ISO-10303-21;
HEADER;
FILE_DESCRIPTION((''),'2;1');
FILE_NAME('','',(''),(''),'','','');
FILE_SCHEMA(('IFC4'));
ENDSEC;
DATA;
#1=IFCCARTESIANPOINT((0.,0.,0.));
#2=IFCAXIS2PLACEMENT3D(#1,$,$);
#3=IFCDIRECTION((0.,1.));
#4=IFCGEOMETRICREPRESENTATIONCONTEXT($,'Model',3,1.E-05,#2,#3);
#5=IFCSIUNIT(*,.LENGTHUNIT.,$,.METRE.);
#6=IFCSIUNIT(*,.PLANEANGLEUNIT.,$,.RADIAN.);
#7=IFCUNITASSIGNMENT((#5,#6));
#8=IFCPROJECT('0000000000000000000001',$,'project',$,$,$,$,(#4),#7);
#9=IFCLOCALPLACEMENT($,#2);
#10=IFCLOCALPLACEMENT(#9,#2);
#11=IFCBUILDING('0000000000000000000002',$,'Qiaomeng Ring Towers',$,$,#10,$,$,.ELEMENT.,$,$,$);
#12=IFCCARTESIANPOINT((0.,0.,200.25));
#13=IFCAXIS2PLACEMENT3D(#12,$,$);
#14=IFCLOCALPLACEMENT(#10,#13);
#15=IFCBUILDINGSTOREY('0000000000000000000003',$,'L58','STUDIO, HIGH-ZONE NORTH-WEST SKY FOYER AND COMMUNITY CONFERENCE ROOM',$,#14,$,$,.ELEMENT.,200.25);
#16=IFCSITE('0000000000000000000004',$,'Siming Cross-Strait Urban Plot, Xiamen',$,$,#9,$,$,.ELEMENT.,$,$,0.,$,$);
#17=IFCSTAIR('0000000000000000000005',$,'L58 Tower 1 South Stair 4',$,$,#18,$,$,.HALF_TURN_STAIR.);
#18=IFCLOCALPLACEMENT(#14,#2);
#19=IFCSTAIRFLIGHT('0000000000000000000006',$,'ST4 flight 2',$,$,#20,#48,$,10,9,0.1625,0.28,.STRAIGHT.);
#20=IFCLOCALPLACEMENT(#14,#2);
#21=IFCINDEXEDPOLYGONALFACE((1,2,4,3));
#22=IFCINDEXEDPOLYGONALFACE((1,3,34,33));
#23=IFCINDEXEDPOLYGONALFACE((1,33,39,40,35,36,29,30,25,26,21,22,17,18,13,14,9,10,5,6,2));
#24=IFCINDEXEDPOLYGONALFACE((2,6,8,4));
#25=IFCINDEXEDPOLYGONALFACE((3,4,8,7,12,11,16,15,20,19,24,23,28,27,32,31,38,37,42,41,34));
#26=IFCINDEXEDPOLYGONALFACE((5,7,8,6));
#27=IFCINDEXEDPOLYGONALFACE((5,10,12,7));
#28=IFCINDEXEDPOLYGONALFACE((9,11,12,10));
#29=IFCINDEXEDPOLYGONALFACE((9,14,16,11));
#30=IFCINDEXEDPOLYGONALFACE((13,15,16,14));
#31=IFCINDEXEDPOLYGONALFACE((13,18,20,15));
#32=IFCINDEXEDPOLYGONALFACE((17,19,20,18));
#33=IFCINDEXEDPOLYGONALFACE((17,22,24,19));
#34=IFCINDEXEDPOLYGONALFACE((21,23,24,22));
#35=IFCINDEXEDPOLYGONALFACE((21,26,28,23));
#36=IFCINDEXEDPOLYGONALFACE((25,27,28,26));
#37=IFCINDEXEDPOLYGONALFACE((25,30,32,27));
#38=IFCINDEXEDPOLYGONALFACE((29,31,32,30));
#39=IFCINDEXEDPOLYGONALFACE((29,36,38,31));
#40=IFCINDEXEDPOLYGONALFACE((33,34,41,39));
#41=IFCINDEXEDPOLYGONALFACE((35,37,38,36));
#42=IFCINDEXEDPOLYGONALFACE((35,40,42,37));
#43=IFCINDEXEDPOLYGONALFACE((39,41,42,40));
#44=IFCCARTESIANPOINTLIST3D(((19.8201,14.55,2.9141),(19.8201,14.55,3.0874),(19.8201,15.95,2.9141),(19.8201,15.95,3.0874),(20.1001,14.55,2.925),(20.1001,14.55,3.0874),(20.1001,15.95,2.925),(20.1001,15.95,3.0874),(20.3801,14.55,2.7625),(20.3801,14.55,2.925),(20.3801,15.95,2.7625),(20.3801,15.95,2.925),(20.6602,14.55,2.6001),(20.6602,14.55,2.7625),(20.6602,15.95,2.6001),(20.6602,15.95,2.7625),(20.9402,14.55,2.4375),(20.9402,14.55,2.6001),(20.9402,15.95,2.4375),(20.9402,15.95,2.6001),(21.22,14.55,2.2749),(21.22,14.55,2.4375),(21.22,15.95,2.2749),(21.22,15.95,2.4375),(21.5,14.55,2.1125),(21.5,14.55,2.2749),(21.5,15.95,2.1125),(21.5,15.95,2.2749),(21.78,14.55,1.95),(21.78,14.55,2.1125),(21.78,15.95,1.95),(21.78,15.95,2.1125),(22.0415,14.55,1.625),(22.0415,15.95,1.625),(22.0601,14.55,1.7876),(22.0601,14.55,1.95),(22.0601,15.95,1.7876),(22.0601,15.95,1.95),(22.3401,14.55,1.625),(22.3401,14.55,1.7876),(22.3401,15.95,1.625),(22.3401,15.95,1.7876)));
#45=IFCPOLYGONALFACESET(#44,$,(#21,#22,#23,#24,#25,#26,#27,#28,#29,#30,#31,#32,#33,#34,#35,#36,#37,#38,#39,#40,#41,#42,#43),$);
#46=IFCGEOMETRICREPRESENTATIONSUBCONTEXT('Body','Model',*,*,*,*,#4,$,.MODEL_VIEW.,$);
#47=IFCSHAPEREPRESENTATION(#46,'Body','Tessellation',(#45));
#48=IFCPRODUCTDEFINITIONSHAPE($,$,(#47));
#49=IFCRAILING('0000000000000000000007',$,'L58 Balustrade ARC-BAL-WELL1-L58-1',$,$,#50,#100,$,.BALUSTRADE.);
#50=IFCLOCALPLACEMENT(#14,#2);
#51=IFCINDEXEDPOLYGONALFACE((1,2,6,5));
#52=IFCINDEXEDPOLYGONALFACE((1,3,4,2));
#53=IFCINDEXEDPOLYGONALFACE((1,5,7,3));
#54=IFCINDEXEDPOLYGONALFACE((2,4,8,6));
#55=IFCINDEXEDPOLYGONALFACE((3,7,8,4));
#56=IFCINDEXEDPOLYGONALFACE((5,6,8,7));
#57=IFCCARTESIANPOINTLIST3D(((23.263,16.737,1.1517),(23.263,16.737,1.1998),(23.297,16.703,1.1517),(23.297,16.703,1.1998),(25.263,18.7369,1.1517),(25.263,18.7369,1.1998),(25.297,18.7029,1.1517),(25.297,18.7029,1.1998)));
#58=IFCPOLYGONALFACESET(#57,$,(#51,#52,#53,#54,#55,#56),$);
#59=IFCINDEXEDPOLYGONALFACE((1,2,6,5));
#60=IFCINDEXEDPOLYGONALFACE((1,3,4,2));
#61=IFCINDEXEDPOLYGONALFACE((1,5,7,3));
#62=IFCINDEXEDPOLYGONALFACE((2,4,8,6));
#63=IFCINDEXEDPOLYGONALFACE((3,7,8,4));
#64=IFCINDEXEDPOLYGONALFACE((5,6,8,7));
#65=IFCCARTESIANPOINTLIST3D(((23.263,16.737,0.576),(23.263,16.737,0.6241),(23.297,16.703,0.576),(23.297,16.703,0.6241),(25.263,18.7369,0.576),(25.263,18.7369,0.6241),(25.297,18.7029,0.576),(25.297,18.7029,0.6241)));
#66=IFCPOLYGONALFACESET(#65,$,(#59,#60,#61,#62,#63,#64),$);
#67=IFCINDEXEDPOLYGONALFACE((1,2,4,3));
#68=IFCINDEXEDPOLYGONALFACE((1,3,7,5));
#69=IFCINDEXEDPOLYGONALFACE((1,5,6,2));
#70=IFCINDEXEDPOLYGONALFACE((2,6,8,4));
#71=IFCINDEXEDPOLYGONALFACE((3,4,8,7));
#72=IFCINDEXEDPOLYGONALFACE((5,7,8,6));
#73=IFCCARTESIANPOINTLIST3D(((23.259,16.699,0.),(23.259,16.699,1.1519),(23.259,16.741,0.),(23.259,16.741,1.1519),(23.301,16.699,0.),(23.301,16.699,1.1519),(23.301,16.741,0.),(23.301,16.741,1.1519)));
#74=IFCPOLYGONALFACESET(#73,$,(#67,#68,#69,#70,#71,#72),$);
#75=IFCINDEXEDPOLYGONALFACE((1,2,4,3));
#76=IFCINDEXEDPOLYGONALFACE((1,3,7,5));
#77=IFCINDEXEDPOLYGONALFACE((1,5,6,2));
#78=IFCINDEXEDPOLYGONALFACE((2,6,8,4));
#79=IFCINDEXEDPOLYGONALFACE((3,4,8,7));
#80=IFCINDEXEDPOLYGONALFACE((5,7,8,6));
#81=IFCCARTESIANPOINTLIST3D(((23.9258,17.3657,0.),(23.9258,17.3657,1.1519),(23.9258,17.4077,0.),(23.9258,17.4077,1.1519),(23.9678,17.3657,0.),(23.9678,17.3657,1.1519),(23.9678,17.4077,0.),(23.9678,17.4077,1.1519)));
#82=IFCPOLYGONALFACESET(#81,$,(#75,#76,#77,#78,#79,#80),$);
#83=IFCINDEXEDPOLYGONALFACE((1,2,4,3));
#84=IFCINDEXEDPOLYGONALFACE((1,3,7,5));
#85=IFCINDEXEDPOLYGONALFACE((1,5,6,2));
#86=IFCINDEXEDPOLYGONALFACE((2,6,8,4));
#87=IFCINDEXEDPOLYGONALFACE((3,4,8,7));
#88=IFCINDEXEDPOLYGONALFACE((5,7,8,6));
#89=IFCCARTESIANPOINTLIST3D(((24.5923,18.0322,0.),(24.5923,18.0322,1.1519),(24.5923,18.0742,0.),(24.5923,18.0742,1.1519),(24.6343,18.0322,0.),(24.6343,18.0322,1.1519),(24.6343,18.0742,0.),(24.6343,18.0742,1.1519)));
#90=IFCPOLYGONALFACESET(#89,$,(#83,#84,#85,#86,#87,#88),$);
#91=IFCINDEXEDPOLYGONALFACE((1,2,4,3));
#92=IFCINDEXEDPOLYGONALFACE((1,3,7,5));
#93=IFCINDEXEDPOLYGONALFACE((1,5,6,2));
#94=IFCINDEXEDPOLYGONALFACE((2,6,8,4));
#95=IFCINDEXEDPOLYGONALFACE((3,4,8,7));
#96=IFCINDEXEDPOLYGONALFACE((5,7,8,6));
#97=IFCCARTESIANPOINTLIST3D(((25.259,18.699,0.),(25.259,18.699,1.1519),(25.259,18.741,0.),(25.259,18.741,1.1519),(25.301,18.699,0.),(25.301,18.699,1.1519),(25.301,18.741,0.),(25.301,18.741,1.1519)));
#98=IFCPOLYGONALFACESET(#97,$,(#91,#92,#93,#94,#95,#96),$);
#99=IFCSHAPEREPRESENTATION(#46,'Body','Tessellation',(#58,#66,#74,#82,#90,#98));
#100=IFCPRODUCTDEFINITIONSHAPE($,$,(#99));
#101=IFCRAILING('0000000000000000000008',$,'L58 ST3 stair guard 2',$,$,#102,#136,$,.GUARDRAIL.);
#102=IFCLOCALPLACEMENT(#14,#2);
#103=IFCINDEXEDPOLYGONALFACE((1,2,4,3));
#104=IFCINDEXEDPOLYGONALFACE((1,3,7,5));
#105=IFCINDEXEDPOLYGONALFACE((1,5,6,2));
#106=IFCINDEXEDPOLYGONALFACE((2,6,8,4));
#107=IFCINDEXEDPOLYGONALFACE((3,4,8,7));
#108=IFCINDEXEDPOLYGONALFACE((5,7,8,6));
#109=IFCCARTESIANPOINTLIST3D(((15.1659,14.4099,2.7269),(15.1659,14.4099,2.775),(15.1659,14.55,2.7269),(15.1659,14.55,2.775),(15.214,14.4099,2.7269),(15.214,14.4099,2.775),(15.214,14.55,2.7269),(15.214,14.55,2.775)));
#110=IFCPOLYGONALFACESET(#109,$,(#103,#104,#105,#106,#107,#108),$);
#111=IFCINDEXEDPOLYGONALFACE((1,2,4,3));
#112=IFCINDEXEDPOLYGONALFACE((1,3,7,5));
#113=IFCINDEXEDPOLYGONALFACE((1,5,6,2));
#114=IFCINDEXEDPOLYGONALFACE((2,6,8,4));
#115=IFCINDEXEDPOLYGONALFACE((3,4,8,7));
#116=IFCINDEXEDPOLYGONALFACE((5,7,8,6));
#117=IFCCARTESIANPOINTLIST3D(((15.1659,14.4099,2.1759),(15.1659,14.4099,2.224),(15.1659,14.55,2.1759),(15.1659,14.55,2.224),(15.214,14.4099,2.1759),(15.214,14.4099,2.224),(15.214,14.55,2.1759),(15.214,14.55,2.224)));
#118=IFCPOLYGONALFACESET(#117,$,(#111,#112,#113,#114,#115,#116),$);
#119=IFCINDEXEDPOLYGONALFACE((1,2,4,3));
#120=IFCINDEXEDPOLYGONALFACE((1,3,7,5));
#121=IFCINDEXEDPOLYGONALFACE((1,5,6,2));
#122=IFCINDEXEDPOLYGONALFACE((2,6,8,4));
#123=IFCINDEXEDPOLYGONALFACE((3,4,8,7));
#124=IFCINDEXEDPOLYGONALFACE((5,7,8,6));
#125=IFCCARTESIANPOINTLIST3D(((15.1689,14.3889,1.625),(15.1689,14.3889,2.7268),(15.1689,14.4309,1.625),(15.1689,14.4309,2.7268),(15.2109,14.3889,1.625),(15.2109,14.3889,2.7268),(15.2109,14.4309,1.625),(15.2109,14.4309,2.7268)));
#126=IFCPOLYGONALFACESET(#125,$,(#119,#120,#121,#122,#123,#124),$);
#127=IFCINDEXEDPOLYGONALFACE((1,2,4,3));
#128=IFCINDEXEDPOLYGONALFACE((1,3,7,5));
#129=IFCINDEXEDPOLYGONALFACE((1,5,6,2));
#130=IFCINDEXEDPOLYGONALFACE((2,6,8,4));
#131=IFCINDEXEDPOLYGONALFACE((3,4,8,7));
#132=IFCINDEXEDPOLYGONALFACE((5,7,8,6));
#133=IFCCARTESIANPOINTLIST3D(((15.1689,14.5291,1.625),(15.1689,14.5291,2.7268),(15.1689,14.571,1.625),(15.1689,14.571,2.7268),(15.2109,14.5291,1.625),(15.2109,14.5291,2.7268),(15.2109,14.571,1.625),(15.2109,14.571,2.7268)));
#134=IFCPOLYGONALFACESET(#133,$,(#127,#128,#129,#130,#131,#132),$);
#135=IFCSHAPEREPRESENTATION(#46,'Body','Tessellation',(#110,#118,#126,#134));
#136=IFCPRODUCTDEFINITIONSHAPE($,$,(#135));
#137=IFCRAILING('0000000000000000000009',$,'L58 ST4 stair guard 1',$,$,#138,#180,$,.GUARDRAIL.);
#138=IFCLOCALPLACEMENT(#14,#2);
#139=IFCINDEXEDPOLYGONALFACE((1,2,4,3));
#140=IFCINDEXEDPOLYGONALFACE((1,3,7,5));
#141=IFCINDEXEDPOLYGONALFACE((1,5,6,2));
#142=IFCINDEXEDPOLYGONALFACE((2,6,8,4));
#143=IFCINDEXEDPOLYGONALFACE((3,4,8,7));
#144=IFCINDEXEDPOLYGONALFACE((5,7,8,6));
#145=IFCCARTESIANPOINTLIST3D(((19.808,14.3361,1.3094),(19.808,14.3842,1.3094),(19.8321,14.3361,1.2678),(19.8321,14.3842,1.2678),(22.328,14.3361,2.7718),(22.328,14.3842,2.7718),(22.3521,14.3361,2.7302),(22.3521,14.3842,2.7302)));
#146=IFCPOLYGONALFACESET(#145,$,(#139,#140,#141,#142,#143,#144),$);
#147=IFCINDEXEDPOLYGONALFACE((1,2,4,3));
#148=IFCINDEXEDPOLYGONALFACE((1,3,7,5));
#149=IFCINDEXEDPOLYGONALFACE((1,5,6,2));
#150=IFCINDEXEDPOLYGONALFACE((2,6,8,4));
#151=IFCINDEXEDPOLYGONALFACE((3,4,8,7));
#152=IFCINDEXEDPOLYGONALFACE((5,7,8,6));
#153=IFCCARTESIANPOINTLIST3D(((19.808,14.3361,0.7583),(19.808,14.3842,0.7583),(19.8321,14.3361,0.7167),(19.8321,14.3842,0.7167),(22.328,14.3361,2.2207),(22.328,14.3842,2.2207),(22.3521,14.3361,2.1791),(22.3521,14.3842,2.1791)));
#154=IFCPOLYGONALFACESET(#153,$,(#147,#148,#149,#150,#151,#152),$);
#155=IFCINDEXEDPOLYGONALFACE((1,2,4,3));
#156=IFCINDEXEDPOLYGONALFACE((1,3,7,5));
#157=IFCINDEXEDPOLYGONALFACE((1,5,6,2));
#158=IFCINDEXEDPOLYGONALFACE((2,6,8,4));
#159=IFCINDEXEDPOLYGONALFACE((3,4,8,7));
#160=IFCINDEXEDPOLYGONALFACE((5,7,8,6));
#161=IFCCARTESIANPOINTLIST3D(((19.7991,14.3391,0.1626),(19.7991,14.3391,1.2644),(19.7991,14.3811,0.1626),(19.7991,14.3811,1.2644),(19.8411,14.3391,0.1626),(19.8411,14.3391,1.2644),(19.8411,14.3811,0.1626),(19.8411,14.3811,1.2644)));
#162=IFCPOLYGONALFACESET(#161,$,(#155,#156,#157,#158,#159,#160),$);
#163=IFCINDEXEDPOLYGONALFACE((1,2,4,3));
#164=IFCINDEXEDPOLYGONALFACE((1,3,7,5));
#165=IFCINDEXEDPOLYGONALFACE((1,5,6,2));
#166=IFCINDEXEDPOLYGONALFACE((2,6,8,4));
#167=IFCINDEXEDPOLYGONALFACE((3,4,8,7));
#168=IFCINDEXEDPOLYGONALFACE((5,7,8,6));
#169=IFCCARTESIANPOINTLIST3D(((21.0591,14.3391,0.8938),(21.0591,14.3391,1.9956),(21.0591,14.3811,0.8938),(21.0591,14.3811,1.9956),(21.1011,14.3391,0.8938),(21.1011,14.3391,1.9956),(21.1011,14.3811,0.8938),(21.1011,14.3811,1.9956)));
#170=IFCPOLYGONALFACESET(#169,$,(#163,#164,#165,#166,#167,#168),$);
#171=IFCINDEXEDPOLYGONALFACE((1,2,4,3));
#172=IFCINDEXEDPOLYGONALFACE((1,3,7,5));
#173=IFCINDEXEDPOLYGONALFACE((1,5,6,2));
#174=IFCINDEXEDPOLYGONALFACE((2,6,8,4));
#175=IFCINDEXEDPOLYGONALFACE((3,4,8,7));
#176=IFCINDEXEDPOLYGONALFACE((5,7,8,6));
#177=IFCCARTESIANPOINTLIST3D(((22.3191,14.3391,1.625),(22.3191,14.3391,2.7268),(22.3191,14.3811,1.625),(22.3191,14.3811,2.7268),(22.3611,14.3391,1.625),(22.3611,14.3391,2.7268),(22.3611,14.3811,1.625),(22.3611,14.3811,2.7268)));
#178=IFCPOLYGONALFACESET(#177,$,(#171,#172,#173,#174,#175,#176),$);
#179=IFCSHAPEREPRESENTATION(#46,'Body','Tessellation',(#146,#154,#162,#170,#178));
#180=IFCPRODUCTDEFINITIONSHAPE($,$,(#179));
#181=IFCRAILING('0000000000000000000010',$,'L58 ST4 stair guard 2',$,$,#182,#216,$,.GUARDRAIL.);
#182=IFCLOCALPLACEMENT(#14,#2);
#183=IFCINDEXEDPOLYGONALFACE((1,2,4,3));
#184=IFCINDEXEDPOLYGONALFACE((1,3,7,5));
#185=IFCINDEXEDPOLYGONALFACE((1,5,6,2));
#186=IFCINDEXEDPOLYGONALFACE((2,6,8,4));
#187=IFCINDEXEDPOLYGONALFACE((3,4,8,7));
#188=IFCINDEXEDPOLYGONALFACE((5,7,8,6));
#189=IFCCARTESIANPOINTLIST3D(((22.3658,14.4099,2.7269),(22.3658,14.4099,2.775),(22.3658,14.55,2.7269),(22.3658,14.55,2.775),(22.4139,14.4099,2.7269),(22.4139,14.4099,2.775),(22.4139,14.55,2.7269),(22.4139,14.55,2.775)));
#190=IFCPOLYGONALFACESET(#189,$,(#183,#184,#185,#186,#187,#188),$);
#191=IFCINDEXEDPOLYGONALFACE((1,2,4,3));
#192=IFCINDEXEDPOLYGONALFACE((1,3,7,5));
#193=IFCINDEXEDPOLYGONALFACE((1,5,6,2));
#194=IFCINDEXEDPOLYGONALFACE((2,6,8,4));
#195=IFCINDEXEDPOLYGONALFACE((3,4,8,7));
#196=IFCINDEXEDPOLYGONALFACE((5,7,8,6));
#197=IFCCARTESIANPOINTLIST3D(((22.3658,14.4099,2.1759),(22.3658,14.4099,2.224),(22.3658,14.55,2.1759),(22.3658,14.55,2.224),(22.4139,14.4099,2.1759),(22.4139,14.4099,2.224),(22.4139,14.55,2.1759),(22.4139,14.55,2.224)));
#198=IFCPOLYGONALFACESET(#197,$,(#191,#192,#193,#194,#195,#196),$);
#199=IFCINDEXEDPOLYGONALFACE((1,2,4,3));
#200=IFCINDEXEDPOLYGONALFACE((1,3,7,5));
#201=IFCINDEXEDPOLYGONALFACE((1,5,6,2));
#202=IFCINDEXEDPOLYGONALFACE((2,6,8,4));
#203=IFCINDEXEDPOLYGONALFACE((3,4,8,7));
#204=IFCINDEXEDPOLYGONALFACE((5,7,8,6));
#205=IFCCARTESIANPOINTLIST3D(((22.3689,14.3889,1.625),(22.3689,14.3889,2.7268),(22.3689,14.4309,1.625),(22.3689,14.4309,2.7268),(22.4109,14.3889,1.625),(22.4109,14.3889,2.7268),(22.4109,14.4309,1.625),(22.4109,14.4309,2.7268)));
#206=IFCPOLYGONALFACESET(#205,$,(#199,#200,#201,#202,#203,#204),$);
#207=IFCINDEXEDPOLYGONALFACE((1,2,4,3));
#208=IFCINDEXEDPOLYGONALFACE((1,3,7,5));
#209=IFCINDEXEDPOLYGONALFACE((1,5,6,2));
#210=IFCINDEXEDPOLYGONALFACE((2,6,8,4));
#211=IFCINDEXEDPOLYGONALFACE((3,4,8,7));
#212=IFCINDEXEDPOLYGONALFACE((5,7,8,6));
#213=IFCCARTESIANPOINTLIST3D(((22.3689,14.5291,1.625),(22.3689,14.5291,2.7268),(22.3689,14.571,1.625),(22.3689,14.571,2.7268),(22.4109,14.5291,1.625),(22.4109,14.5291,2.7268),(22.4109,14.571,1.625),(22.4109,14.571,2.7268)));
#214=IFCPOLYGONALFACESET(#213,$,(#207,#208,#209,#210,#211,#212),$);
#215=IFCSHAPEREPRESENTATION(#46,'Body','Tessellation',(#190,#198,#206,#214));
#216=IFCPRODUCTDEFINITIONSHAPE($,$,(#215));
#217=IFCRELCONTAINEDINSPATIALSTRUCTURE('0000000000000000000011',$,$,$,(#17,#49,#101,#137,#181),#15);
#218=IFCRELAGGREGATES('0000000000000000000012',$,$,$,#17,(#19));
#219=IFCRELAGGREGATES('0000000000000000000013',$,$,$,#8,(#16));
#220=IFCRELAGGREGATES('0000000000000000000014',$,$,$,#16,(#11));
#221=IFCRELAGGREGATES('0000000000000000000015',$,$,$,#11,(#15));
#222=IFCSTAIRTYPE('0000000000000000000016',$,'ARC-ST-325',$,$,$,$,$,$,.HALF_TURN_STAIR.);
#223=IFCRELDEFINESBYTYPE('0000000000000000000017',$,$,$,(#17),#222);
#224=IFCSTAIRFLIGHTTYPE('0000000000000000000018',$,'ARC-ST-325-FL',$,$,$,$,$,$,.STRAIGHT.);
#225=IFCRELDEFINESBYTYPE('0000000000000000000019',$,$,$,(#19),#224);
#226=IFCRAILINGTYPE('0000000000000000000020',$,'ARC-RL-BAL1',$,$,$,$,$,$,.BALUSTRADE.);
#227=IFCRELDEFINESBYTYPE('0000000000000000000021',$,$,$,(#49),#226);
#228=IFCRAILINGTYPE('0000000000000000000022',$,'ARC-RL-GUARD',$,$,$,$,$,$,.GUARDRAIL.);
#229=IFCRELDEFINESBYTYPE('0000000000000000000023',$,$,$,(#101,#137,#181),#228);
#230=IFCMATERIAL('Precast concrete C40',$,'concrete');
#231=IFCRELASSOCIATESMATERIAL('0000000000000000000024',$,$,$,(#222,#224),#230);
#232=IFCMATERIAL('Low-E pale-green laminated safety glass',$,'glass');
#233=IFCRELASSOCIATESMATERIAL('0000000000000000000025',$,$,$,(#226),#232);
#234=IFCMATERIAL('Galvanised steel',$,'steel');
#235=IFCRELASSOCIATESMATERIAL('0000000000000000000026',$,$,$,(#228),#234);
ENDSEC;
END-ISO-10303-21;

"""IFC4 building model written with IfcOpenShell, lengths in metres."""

from ifc_helpers import new_model, si_unit, direction, frame, origin, origin_2d, place, context, subcontext, project, spatial, polyline, rectangle, outline, extrude, source, transform, mapped, material, type_object, element, aggregate, save


model = new_model("IFC4")

# Units and contexts
model_context = context("Model", 3, precision=1e-05, world=origin(), true_north=direction((0.0, 1.0)))
body_context = subcontext(model_context, "Body", "Model", "MODEL_VIEW")
ifc_project = project(units=[si_unit("LENGTHUNIT", "METRE"), si_unit("PLANEANGLEUNIT", "RADIAN")], contexts=[model_context])

# Site, building, storey
site_placement = place(None, origin())
site = spatial("IfcSite", under=ifc_project, at=site_placement, Name="Siming Cross-Strait Urban Plot, Xiamen", CompositionType="ELEMENT", RefElevation=0.0)
building_placement = place(site_placement, origin())
building = spatial("IfcBuilding", under=site, at=building_placement, Name="Qiaomeng Ring Towers", CompositionType="ELEMENT")
storey_placement = place(building_placement, frame((0.0, 0.0, 200.25)))
storey = spatial("IfcBuildingStorey", under=building, at=storey_placement, Name="L58", Description="STUDIO, HIGH-ZONE NORTH-WEST SKY FOYER AND COMMUNITY CONFERENCE ROOM", CompositionType="ELEMENT", Elevation=200.25)

# Shared definitions
ifc_material_1 = material(Name="Galvanised steel", Category="steel")

# Stair, stair flight
ifc_material_2 = material(Name="Precast concrete C40", Category="concrete")
stair_type = type_object("IfcStairType", Name="ARC-ST-325", PredefinedType="HALF_TURN_STAIR", material=ifc_material_2)
stair_placement = place(storey_placement, origin())
stair = element("IfcStair", 1, at=stair_placement, inside=storey, type_object=stair_type, Name="L58 Tower 1 South Stair 4", PredefinedType="HALF_TURN_STAIR")
stair_flight_type = type_object("IfcStairFlightType", Name="ARC-ST-325-FL", PredefinedType="STRAIGHT", material=ifc_material_2)
shared_shape_1 = source(origin(), body_context, "Body", "SweptSolid", [
    extrude(outline(polyline([(0.0, 0.0), (0.0, 0.1626), (0.28, 0.1626), (0.28, 0.325), (0.5601, 0.325), (0.5601, 0.4875), (0.8401, 0.4875), (0.8401, 0.6499), (1.1201, 0.6499), (1.1201, 0.8125), (1.3999, 0.8125), (1.3999, 0.9751), (1.6799, 0.9751), (1.6799, 1.1375), (1.96, 1.1375), (1.96, 1.3), (2.24, 1.3), (2.24, 1.4624), (2.52, 1.4624), (2.52, 1.625), (2.52, 1.2891), (0.2986, 0.0), (0.0, 0.0)])), frame((0.0, 0.7, 0.0), z_axis=(0.0, -1.0, 0.0), x_axis=(1.0, 0.0, 0.0)), (0.0, 0.0, 1.0), 1.3999),
])
stair_flight_1_placement = place(storey_placement, frame((22.3401, 15.25, 1.625), z_axis=(0.0, 0.0, 1.0), x_axis=(-1.0, 0.0, 0.0)))
stair_flight_1 = element("IfcStairFlight", 2, at=stair_flight_1_placement, type_object=stair_flight_type, Name="ST4 flight 2", NumberOfRisers=10, NumberOfTreads=9, PredefinedType="STRAIGHT", RiserHeight=0.1625, TreadLength=0.28, context=body_context, shape_type="MappedRepresentation", body=[
    mapped(shared_shape_1, transform((0.0, 0.0, 0.0), x_axis=(1.0, 0.0, 0.0), y_axis=(0.0, 1.0, 0.0), z_axis=(0.0, 0.0, 1.0), scale=1.0)),
])
aggregate(stair, [stair_flight_1])

# Railings
ifc_material_3 = material(Name="Low-E pale-green laminated safety glass", Category="glass")
railing_type_1 = type_object("IfcRailingType", Name="ARC-RL-BAL1", PredefinedType="BALUSTRADE", material=ifc_material_3)
railing_1_placement = place(storey_placement, frame((23.28, 16.72, 0.0)))
element("IfcRailing", 3, at=railing_1_placement, inside=storey, type_object=railing_type_1, Name="L58 Balustrade ARC-BAL-WELL1-L58-1", PredefinedType="BALUSTRADE", context=body_context, shape_type="SweptSolid", body=[
    extrude(rectangle(XDim=0.0481, YDim=0.0481, at=origin_2d()), frame((0.0, 0.0, 1.1758), z_axis=(0.707107, 0.707107, 0.0), x_axis=(-0.707107, 0.707107, 0.0)), (0.0, 0.0, 1.0), 2.8284),
    extrude(rectangle(XDim=0.0481, YDim=0.0481, at=origin_2d()), frame((0.0, 0.0, 0.6001), z_axis=(0.707107, 0.707107, 0.0), x_axis=(-0.707107, 0.707107, 0.0)), (0.0, 0.0, 1.0), 2.8284),
    extrude(rectangle(XDim=0.042, YDim=0.042, at=origin_2d()), origin(), (0.0, 0.0, 1.0), 1.1519),
    extrude(rectangle(XDim=0.042, YDim=0.042, at=origin_2d()), frame((0.6667, 0.6667, 0.0)), (0.0, 0.0, 1.0), 1.1519),
    extrude(rectangle(XDim=0.042, YDim=0.042, at=origin_2d()), frame((1.3333, 1.3333, 0.0)), (0.0, 0.0, 1.0), 1.1519),
    extrude(rectangle(XDim=0.042, YDim=0.042, at=origin_2d()), frame((2.0, 2.0, 0.0)), (0.0, 0.0, 1.0), 1.1519),
])
railing_type_2 = type_object("IfcRailingType", Name="ARC-RL-GUARD", PredefinedType="GUARDRAIL", material=ifc_material_1)
railing_2_placement = place(storey_placement, frame((15.1899, 14.4099, 1.625)))
element("IfcRailing", 4, at=railing_2_placement, inside=storey, type_object=railing_type_2, Name="L58 ST3 stair guard 2", PredefinedType="GUARDRAIL", context=body_context, shape_type="SweptSolid", body=[
    extrude(rectangle(XDim=0.0481, YDim=0.0481, at=origin_2d()), frame((0.0, 0.0, 1.126), z_axis=(0.0, 1.0, 0.0), x_axis=(-1.0, 0.0, 0.0)), (0.0, 0.0, 1.0), 0.1401),
    extrude(rectangle(XDim=0.0481, YDim=0.0481, at=origin_2d()), frame((0.0, 0.0, 0.575), z_axis=(0.0, 1.0, 0.0), x_axis=(-1.0, 0.0, 0.0)), (0.0, 0.0, 1.0), 0.1401),
    extrude(rectangle(XDim=0.042, YDim=0.042, at=origin_2d()), origin(), (0.0, 0.0, 1.0), 1.1018),
    extrude(rectangle(XDim=0.042, YDim=0.042, at=origin_2d()), frame((0.0, 0.1401, 0.0)), (0.0, 0.0, 1.0), 1.1018),
])
railing_3_placement = place(storey_placement, frame((19.8201, 14.3601, 0.1626)))
element("IfcRailing", 5, at=railing_3_placement, inside=storey, type_object=railing_type_2, Name="L58 ST4 stair guard 1", PredefinedType="GUARDRAIL", context=body_context, shape_type="SweptSolid", body=[
    extrude(rectangle(XDim=0.0481, YDim=0.0481, at=origin_2d()), frame((0.0, 0.0, 1.126), z_axis=(0.864913, 0.0, 0.501921), x_axis=(0.0, 1.0, 0.0)), (0.0, 0.0, 1.0), 2.9136),
    extrude(rectangle(XDim=0.0481, YDim=0.0481, at=origin_2d()), frame((0.0, 0.0, 0.575), z_axis=(0.864913, 0.0, 0.501921), x_axis=(0.0, 1.0, 0.0)), (0.0, 0.0, 1.0), 2.9136),
    extrude(rectangle(XDim=0.042, YDim=0.042, at=origin_2d()), origin(), (0.0, 0.0, 1.0), 1.1018),
    extrude(rectangle(XDim=0.042, YDim=0.042, at=origin_2d()), frame((1.26, 0.0, 0.7312)), (0.0, 0.0, 1.0), 1.1018),
    extrude(rectangle(XDim=0.042, YDim=0.042, at=origin_2d()), frame((2.52, 0.0, 1.4624)), (0.0, 0.0, 1.0), 1.1018),
])
railing_4_placement = place(storey_placement, frame((22.3899, 14.4099, 1.625)))
element("IfcRailing", 6, at=railing_4_placement, inside=storey, type_object=railing_type_2, Name="L58 ST4 stair guard 2", PredefinedType="GUARDRAIL", context=body_context, shape_type="SweptSolid", body=[
    extrude(rectangle(XDim=0.0481, YDim=0.0481, at=origin_2d()), frame((0.0, 0.0, 1.126), z_axis=(0.0, 1.0, 0.0), x_axis=(-1.0, 0.0, 0.0)), (0.0, 0.0, 1.0), 0.1401),
    extrude(rectangle(XDim=0.0481, YDim=0.0481, at=origin_2d()), frame((0.0, 0.0, 0.575), z_axis=(0.0, 1.0, 0.0), x_axis=(-1.0, 0.0, 0.0)), (0.0, 0.0, 1.0), 0.1401),
    extrude(rectangle(XDim=0.042, YDim=0.042, at=origin_2d()), origin(), (0.0, 0.0, 1.0), 1.1018),
    extrude(rectangle(XDim=0.042, YDim=0.042, at=origin_2d()), frame((0.0, 0.1401, 0.0)), (0.0, 0.0, 1.0), 1.1018),
])

save(model, "model.ifc")
